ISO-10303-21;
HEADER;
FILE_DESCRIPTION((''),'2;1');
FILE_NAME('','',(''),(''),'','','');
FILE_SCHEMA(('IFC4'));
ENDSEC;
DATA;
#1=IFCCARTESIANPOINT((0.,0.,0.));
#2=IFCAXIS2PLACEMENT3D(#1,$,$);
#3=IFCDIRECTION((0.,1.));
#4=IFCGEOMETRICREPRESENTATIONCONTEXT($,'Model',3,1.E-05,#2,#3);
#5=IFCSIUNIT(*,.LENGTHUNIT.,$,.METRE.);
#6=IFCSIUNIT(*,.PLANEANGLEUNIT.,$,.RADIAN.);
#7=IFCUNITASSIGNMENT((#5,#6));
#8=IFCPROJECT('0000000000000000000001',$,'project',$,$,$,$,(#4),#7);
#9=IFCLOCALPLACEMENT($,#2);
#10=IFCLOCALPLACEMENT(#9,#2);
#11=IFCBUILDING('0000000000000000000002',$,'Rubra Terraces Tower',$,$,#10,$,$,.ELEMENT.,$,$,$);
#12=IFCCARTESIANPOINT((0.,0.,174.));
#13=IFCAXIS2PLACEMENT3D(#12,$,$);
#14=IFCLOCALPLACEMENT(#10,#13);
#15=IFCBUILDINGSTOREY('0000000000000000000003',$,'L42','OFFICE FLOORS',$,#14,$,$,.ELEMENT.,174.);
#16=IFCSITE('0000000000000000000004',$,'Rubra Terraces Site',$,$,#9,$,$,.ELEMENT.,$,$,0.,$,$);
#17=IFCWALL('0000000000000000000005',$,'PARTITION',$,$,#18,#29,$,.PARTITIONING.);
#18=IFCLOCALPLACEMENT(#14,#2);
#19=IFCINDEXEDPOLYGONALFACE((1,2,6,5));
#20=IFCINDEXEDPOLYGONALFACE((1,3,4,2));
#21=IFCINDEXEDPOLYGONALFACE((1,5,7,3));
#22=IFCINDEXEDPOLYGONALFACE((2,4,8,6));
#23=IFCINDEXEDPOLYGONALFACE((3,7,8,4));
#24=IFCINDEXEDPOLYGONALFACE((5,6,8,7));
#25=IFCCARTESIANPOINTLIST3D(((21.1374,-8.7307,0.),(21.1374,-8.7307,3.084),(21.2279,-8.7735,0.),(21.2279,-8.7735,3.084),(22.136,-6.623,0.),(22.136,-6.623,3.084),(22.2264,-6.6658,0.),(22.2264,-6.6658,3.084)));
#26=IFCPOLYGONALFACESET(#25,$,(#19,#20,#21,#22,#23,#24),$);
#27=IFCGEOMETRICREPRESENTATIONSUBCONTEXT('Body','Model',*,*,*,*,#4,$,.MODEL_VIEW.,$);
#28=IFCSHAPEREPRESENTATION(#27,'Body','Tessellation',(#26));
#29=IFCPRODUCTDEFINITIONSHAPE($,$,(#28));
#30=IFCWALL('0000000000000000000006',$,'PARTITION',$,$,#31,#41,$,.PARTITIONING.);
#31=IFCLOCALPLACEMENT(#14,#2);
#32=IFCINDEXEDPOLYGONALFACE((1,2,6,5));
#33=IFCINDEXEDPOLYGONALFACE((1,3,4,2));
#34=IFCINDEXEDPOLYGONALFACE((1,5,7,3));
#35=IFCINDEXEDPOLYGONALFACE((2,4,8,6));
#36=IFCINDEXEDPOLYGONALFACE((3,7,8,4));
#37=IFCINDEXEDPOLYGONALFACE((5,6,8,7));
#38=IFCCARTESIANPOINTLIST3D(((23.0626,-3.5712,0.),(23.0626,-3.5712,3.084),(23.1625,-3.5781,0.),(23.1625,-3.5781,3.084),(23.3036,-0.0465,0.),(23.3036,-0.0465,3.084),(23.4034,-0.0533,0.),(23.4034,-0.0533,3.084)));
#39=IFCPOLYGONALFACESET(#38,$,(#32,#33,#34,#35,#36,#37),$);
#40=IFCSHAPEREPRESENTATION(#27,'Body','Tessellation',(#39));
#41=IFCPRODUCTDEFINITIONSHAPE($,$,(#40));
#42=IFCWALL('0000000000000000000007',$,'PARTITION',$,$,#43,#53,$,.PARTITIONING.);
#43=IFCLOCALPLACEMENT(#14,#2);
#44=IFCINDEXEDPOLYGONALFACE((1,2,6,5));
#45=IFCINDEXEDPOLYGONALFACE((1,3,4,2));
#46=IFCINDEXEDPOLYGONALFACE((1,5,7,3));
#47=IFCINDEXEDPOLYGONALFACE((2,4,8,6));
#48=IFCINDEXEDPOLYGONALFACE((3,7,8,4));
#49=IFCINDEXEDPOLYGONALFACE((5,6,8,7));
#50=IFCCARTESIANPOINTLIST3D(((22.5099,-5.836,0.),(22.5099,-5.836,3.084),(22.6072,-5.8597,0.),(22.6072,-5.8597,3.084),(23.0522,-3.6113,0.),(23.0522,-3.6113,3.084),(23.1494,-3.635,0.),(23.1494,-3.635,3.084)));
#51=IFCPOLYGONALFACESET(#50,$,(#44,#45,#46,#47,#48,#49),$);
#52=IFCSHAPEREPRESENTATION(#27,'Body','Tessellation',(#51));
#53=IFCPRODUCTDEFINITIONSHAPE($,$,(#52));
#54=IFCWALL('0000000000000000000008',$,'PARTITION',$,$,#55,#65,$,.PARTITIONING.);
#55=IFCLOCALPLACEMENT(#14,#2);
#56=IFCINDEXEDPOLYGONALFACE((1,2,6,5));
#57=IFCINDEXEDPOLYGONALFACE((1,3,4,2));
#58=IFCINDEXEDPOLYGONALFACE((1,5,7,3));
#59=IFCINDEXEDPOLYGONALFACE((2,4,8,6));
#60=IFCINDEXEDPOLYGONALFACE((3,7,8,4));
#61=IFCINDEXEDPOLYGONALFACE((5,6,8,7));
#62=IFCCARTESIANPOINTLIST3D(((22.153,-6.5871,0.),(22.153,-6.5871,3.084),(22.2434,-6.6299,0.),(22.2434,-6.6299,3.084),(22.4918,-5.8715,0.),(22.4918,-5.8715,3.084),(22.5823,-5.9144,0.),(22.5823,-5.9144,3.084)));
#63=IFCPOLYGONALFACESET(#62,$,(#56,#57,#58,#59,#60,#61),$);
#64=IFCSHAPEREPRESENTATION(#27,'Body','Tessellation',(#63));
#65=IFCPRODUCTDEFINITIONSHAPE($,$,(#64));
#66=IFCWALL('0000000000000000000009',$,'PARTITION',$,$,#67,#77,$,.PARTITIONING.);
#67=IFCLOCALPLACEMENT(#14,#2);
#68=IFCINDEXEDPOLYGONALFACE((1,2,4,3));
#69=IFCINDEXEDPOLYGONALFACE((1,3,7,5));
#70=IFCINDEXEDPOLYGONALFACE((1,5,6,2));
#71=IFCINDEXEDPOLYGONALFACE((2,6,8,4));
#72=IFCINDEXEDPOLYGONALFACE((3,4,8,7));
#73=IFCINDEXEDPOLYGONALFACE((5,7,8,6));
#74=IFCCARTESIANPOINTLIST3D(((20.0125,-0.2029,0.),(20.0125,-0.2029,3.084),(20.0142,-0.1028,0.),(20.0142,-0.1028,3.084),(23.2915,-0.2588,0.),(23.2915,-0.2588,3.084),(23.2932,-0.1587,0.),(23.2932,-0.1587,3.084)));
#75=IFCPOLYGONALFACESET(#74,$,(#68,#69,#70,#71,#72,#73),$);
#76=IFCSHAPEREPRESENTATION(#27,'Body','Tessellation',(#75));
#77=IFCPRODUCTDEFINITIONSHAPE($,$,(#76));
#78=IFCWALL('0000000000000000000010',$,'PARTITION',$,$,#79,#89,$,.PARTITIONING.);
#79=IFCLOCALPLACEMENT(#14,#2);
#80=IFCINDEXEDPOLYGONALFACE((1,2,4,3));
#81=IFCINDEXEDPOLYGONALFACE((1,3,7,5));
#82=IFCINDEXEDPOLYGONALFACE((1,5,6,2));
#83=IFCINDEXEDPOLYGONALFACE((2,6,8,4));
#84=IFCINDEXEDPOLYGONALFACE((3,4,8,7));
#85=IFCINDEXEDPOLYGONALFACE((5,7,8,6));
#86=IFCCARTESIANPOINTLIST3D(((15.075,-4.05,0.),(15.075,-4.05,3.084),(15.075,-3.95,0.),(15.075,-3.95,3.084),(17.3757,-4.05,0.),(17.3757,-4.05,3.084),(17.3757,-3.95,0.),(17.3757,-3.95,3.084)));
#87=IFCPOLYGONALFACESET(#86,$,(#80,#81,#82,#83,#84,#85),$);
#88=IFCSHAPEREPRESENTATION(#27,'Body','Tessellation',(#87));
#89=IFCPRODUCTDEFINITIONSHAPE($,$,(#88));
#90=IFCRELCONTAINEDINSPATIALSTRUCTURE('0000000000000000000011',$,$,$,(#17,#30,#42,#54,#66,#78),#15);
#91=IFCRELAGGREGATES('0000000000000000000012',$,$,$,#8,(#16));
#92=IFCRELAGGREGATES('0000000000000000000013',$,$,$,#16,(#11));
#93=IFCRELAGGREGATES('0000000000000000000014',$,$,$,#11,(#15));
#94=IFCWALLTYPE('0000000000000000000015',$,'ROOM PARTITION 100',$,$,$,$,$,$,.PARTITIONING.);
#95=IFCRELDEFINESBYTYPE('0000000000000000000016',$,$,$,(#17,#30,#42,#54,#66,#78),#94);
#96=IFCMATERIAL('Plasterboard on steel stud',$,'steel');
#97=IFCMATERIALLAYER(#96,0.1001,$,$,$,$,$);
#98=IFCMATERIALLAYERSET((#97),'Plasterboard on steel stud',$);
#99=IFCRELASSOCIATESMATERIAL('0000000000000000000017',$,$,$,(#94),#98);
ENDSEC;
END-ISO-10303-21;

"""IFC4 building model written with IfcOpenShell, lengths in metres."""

from ifc_helpers import new_model, si_unit, direction, frame, frame_2d, origin, place, context, subcontext, project, spatial, rectangle, extrude, material, layer, layer_set, type_object, element, save


model = new_model("IFC4")

# Units and contexts
model_context = context("Model", 3, precision=1e-05, world=origin(), true_north=direction((0.0, 1.0)))
body_context = subcontext(model_context, "Body", "Model", "MODEL_VIEW")
ifc_project = project(units=[si_unit("LENGTHUNIT", "METRE"), si_unit("PLANEANGLEUNIT", "RADIAN")], contexts=[model_context])

# Site, building, storey
site_placement = place(None, origin())
site = spatial("IfcSite", under=ifc_project, at=site_placement, Name="Rubra Terraces Site", CompositionType="ELEMENT", RefElevation=0.0)
building_placement = place(site_placement, origin())
building = spatial("IfcBuilding", under=site, at=building_placement, Name="Rubra Terraces Tower", CompositionType="ELEMENT")
storey_placement = place(building_placement, frame((0.0, 0.0, 174.0)))
storey = spatial("IfcBuildingStorey", under=building, at=storey_placement, Name="L42", Description="OFFICE FLOORS", CompositionType="ELEMENT", Elevation=174.0)

# Walls
ifc_material_1 = material(Name="Plasterboard on steel stud", Category="steel")
ifc_layer_1 = layer(ifc_material_1, 0.1001)
ifc_layer_set_1 = layer_set([ifc_layer_1], Name="Plasterboard on steel stud")
wall_type_1 = type_object("IfcWallType", Name="ROOM PARTITION 100", PredefinedType="PARTITIONING", material=ifc_layer_set_1)
wall_1_placement = place(storey_placement, frame((22.1812, -6.6445, 0.0), z_axis=(0.0, 0.0, 1.0), x_axis=(-0.428145, -0.90371, 0.0)))
element("IfcWall", 1, at=wall_1_placement, inside=storey, type_object=wall_type_1, Name="PARTITION", PredefinedType="PARTITIONING", context=body_context, shape_type="SweptSolid", body=[
    extrude(rectangle(XDim=2.3323, YDim=0.1001, at=frame_2d((1.166, 0.0))), origin(), (0.0, 0.0, 1.0), 3.084),
])
wall_2_placement = place(storey_placement, frame((23.3535, -0.0498, 0.0), z_axis=(0.0, 0.0, 1.0), x_axis=(-0.068207, -0.997671, 0.0)))
element("IfcWall", 2, at=wall_2_placement, inside=storey, type_object=wall_type_1, Name="PARTITION", PredefinedType="PARTITIONING", context=body_context, shape_type="SweptSolid", body=[
    extrude(rectangle(XDim=3.533, YDim=0.1001, at=frame_2d((1.7666, 0.0))), origin(), (0.0, 0.0, 1.0), 3.084),
])
wall_3_placement = place(storey_placement, frame((23.1008, -3.623, 0.0), z_axis=(0.0, 0.0, 1.0), x_axis=(-0.236811, -0.971556, 0.0)))
element("IfcWall", 3, at=wall_3_placement, inside=storey, type_object=wall_type_1, Name="PARTITION", PredefinedType="PARTITIONING", context=body_context, shape_type="SweptSolid", body=[
    extrude(rectangle(XDim=2.2898, YDim=0.1001, at=frame_2d((1.145, 0.0))), origin(), (0.0, 0.0, 1.0), 3.084),
])
wall_4_placement = place(storey_placement, frame((22.5371, -5.8928, 0.0), z_axis=(0.0, 0.0, 1.0), x_axis=(-0.427994, -0.903782, 0.0)))
element("IfcWall", 4, at=wall_4_placement, inside=storey, type_object=wall_type_1, Name="PARTITION", PredefinedType="PARTITIONING", context=body_context, shape_type="SweptSolid", body=[
    extrude(rectangle(XDim=0.7917, YDim=0.1001, at=frame_2d((0.396, 0.0))), origin(), (0.0, 0.0, 1.0), 3.084),
])
wall_5_placement = place(storey_placement, frame((20.0134, -0.1528, 0.0), z_axis=(0.0, 0.0, 1.0), x_axis=(0.999855, -0.017048, 0.0)))
element("IfcWall", 5, at=wall_5_placement, inside=storey, type_object=wall_type_1, Name="PARTITION", PredefinedType="PARTITIONING", context=body_context, shape_type="SweptSolid", body=[
    extrude(rectangle(XDim=3.2795, YDim=0.1001, at=frame_2d((1.6396, 0.0))), origin(), (0.0, 0.0, 1.0), 3.084),
])
wall_6_placement = place(storey_placement, frame((15.075, -4.0, 0.0), z_axis=(0.0, 0.0, 1.0), x_axis=(1.0, 0.0, 0.0)))
element("IfcWall", 6, at=wall_6_placement, inside=storey, type_object=wall_type_1, Name="PARTITION", PredefinedType="PARTITIONING", context=body_context, shape_type="SweptSolid", body=[
    extrude(rectangle(XDim=2.3008, YDim=0.1001, at=frame_2d((1.1504, 0.0))), origin(), (0.0, 0.0, 1.0), 3.084),
])

save(model, "model.ifc")
